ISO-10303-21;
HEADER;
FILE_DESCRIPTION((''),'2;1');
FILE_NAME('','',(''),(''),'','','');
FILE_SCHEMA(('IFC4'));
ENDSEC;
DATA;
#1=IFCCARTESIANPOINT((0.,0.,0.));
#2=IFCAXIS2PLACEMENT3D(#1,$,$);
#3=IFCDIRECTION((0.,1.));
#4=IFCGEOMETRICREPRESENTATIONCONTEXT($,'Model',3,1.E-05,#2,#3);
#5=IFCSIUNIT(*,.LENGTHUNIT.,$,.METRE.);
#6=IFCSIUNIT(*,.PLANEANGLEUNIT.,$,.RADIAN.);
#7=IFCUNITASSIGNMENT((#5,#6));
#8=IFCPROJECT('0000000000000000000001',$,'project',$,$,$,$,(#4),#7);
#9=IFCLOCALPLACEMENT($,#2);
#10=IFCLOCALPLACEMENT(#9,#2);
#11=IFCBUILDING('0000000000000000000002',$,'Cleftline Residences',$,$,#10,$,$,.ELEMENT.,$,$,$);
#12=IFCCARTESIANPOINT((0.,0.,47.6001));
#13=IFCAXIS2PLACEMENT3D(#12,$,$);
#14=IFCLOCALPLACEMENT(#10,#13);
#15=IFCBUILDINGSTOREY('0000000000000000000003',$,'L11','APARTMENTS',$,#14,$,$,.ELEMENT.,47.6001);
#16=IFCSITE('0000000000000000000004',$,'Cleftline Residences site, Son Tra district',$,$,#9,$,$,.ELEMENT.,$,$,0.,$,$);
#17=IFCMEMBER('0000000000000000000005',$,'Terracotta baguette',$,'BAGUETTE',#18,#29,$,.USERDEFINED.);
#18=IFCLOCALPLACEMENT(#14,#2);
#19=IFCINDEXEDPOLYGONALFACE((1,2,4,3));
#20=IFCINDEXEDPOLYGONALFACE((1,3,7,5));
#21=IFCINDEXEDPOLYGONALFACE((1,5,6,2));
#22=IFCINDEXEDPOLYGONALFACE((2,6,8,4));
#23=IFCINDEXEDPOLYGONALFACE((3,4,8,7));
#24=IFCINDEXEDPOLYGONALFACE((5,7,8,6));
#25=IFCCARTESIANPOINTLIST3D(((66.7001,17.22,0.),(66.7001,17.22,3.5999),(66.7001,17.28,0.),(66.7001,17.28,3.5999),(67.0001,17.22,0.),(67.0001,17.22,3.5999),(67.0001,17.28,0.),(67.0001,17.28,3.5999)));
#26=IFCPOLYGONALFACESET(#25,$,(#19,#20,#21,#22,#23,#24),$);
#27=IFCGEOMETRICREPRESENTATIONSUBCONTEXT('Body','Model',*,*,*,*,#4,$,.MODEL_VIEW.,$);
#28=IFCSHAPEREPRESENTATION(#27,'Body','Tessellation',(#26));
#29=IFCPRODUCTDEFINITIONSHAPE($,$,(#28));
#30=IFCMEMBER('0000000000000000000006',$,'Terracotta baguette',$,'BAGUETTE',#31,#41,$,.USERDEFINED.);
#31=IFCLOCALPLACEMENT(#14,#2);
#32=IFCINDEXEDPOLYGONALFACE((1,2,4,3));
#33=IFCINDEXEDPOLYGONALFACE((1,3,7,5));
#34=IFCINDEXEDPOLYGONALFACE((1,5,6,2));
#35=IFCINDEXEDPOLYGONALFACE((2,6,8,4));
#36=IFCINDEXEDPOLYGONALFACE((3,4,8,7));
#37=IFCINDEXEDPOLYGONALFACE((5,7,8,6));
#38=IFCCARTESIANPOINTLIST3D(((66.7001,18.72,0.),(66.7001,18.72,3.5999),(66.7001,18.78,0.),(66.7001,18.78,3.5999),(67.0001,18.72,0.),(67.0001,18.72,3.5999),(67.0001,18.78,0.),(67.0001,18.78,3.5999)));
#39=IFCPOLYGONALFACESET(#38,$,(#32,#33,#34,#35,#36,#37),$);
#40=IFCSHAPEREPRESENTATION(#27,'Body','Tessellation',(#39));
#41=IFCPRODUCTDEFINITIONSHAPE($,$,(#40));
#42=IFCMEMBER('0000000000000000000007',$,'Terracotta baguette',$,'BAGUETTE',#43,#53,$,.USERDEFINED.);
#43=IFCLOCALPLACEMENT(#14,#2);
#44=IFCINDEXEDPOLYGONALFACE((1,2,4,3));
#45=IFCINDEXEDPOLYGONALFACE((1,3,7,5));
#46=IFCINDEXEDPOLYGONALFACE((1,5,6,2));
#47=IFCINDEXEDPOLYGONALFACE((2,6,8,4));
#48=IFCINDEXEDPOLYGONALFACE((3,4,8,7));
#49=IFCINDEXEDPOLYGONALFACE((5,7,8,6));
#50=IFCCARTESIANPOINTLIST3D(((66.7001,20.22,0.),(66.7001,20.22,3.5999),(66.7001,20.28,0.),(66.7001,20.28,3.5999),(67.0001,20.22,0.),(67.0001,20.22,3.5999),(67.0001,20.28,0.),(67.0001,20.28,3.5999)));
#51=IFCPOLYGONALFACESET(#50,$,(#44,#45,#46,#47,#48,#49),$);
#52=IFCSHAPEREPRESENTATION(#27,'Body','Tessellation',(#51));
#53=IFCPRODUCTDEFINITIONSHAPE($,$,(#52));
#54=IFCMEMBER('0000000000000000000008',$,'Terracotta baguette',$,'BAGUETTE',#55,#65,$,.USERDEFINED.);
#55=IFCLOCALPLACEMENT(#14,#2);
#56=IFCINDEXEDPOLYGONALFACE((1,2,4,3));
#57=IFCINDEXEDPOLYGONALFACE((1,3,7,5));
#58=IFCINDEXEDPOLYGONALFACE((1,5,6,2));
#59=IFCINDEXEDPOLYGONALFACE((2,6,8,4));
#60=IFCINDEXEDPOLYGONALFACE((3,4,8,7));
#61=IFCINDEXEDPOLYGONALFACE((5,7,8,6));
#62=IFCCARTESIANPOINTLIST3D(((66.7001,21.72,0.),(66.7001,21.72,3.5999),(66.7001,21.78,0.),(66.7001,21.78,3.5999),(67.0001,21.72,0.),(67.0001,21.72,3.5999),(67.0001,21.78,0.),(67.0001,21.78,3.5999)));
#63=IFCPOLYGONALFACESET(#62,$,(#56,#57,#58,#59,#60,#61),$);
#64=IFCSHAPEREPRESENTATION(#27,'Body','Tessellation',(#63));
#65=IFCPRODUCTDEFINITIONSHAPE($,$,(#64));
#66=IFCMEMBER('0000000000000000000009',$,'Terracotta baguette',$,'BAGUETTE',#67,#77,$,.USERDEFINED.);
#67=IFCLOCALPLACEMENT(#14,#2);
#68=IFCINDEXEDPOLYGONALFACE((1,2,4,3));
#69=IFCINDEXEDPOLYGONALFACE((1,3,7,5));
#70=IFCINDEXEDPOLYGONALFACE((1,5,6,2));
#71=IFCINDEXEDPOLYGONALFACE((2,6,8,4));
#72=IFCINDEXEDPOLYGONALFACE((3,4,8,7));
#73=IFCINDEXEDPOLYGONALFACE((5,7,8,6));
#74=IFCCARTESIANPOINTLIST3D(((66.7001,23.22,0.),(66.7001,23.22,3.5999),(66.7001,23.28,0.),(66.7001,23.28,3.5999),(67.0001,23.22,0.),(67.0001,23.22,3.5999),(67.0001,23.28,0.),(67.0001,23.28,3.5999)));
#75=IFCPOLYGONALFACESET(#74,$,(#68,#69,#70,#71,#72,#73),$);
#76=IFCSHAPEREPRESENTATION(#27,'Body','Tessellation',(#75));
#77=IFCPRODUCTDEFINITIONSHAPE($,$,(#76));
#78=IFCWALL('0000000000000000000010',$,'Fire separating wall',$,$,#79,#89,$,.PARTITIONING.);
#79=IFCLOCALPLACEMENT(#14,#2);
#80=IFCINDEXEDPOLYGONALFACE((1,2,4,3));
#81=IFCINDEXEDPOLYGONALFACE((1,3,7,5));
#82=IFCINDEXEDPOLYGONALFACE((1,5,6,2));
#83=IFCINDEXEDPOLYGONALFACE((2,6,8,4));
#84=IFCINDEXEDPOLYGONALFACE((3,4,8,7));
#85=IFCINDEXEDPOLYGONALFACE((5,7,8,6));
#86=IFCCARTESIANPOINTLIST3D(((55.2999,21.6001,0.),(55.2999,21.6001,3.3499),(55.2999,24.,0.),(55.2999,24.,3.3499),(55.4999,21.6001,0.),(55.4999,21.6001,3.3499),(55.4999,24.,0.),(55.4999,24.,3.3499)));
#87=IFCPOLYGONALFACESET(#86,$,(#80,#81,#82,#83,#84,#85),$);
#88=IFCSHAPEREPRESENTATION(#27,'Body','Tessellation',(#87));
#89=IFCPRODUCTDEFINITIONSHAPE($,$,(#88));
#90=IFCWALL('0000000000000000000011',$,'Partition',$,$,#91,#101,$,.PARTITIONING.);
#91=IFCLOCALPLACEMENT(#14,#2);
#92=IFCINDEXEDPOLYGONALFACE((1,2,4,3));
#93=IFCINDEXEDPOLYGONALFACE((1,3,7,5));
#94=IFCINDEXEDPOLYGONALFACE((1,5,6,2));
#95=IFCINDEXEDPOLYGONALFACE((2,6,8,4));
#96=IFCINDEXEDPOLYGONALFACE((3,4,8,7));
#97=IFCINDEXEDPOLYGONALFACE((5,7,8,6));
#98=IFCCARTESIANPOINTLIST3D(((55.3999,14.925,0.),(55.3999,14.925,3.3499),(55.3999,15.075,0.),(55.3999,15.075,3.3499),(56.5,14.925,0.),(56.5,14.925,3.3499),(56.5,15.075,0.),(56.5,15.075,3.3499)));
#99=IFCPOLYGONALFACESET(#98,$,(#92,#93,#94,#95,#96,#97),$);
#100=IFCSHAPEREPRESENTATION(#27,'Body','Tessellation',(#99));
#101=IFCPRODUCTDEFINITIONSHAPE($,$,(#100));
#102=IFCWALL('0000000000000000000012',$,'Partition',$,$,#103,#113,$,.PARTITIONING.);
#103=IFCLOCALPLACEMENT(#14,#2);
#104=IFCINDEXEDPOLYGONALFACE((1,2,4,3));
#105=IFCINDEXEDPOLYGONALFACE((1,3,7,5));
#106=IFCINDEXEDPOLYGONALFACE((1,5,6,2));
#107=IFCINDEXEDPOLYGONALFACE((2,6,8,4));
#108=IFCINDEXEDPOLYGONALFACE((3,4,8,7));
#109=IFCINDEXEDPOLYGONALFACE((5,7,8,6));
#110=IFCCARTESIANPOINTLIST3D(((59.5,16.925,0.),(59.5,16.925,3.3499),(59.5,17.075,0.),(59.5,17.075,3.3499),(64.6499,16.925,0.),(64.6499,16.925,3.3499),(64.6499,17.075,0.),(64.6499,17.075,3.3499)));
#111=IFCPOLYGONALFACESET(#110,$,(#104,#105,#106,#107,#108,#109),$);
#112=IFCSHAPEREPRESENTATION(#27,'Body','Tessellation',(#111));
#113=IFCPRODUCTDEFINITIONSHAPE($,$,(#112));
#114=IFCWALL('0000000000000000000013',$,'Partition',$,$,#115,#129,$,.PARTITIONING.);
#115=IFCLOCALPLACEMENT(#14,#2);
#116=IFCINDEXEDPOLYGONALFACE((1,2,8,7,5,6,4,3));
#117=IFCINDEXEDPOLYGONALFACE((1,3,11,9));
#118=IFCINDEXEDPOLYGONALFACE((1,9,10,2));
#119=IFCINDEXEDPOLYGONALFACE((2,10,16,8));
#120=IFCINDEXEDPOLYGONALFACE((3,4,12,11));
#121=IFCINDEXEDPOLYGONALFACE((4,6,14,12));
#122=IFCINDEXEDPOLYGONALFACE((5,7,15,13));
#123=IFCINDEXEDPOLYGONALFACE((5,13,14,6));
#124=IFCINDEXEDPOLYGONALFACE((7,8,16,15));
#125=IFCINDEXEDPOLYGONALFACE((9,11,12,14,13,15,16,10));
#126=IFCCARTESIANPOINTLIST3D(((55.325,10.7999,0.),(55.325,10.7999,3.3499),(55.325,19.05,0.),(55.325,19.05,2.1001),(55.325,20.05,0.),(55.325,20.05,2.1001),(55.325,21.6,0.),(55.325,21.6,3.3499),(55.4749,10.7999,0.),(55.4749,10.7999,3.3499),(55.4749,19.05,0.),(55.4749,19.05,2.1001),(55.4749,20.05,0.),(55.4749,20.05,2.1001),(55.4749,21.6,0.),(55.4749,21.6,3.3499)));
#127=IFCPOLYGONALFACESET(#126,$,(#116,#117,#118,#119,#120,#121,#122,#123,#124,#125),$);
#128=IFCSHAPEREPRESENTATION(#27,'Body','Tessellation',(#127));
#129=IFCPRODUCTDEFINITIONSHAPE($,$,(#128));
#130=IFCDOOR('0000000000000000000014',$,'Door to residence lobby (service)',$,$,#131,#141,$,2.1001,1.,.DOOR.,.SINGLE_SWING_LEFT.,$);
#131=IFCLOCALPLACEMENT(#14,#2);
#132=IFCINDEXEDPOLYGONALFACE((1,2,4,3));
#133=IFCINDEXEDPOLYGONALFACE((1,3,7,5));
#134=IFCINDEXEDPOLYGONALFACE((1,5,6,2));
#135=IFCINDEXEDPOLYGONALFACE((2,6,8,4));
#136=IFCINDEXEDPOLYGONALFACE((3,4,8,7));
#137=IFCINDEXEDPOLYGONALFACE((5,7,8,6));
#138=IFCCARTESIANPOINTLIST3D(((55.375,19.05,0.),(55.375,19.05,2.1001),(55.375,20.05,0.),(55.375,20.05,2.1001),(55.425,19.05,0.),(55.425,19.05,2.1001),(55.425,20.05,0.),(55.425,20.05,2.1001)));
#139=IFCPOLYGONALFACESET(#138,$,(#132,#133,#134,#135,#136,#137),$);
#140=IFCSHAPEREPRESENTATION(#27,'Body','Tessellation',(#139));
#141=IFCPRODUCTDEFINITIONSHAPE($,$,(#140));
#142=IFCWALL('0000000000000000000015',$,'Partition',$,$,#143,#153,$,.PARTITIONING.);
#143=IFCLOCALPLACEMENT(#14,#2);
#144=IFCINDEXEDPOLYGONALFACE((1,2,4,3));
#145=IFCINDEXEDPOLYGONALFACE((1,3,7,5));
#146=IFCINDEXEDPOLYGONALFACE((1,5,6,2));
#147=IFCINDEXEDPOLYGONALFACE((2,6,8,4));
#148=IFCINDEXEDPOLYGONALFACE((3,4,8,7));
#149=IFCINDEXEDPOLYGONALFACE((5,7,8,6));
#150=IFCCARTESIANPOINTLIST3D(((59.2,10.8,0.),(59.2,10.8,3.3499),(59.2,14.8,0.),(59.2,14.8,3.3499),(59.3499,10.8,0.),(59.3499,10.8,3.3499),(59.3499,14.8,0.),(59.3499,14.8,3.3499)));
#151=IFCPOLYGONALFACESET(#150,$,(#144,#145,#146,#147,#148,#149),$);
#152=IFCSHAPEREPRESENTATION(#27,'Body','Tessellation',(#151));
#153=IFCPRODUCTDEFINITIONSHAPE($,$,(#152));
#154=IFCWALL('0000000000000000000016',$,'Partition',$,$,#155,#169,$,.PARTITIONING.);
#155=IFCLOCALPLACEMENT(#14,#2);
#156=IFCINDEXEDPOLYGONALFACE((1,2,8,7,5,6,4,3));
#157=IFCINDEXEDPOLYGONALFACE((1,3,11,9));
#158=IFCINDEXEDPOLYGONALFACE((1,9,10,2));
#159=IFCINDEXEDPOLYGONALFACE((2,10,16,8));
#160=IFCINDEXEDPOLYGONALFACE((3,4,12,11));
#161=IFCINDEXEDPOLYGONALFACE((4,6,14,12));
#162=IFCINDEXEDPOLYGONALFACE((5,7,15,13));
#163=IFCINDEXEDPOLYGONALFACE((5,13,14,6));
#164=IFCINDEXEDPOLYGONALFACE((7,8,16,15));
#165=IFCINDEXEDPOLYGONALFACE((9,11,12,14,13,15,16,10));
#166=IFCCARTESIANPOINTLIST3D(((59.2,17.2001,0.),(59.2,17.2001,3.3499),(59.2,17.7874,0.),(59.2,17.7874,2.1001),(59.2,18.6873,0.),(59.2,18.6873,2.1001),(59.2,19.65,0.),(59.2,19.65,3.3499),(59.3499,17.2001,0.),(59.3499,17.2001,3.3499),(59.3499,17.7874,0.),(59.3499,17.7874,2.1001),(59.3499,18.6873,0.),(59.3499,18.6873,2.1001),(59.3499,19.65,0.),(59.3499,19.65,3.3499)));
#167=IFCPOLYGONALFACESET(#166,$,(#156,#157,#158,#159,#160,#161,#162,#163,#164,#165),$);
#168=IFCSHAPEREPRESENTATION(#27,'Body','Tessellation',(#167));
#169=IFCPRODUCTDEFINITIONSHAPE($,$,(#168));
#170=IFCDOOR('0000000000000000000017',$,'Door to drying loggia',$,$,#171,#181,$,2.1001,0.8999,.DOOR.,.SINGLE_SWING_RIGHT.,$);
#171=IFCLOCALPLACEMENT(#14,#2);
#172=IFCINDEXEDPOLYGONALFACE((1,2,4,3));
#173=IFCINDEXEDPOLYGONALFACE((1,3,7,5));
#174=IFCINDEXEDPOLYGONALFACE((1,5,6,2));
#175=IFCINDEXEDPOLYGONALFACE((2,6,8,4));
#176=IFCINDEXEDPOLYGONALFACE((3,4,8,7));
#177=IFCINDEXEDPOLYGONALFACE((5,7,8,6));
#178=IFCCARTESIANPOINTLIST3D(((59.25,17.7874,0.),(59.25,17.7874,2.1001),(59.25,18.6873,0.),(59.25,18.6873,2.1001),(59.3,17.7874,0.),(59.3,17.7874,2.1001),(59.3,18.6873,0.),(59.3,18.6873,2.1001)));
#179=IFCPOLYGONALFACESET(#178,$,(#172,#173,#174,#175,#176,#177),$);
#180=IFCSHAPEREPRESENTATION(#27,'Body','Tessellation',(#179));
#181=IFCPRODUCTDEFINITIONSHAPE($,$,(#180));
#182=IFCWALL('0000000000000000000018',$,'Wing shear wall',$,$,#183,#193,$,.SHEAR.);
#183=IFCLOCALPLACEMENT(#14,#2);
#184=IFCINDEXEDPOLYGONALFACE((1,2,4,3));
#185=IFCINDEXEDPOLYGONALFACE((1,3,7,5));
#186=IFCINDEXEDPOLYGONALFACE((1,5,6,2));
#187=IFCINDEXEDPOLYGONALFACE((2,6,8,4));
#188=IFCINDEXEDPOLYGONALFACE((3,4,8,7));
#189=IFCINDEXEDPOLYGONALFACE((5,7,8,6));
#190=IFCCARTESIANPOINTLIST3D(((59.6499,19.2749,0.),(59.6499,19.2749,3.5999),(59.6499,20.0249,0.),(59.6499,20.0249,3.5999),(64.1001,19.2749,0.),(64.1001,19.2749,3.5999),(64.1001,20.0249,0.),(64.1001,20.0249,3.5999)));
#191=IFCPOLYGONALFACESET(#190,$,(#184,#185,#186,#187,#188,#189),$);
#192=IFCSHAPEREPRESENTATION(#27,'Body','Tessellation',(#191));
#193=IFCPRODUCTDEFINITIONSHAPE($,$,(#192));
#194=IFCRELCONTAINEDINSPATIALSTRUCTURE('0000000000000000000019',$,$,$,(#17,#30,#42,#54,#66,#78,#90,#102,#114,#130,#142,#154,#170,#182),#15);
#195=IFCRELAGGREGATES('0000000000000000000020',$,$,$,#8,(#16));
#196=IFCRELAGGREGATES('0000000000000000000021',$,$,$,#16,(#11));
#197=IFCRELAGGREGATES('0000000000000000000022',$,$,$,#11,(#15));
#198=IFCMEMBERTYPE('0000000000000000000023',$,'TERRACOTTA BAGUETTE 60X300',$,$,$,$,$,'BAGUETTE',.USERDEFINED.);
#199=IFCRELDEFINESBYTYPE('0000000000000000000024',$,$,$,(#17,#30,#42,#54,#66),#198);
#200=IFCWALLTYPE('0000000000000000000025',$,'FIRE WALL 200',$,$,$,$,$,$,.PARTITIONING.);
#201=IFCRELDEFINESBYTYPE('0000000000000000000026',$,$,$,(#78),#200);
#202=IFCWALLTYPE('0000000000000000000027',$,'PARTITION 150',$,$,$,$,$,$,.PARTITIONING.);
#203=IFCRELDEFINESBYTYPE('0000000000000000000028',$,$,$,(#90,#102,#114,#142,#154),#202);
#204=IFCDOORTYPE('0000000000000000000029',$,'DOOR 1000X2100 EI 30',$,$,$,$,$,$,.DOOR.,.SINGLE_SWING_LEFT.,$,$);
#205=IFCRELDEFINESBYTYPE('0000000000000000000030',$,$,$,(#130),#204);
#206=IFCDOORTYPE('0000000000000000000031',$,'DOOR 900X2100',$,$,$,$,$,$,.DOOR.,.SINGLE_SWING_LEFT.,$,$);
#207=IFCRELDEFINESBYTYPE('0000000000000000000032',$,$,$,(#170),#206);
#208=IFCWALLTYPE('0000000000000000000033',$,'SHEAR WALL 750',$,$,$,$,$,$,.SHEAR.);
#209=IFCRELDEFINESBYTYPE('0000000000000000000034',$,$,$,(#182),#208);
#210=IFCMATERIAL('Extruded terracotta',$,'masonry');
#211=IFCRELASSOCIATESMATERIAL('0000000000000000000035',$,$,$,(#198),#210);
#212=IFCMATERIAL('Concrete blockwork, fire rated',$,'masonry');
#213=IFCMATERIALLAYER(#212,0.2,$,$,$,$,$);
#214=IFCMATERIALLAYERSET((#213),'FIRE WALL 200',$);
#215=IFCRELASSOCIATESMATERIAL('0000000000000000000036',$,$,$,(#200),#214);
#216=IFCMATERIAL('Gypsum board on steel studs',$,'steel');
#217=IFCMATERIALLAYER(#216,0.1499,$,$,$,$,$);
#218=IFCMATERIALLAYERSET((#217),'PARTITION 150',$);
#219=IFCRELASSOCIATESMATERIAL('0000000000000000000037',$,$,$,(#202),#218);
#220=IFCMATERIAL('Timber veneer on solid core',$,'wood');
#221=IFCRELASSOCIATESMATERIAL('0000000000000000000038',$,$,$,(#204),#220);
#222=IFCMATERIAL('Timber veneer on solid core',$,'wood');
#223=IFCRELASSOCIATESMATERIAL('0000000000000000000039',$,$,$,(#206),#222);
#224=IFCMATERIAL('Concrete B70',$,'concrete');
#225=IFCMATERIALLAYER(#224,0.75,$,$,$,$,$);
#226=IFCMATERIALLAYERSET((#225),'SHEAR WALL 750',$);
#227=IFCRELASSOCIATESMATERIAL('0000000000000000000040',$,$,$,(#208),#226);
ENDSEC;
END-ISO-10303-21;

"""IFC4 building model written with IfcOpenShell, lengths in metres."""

from ifc_helpers import new_model, si_unit, direction, frame, frame_2d, origin, origin_2d, place, context, subcontext, project, spatial, rectangle, extrude, material, layer, layer_set, material_profile, profile_set, type_object, element, fill, save


model = new_model("IFC4")

# Units and contexts
model_context = context("Model", 3, precision=1e-05, world=origin(), true_north=direction((0.0, 1.0)))
body_context = subcontext(model_context, "Body", "Model", "MODEL_VIEW")
ifc_project = project(units=[si_unit("LENGTHUNIT", "METRE"), si_unit("PLANEANGLEUNIT", "RADIAN")], contexts=[model_context])

# Site, building, storey
site_placement = place(None, origin())
site = spatial("IfcSite", under=ifc_project, at=site_placement, Name="Cleftline Residences site, Son Tra district", CompositionType="ELEMENT", RefElevation=0.0)
building_placement = place(site_placement, origin())
building = spatial("IfcBuilding", under=site, at=building_placement, Name="Cleftline Residences", CompositionType="ELEMENT")
storey_placement = place(building_placement, frame((0.0, 0.0, 47.6001)))
storey = spatial("IfcBuildingStorey", under=building, at=storey_placement, Name="L11", Description="APARTMENTS", CompositionType="ELEMENT", Elevation=47.6001)

# Members
ifc_material_1 = material(Name="Extruded terracotta", Category="masonry")
ifc_material_profile_1 = material_profile(ifc_material_1, rectangle(XDim=0.0601, YDim=0.3, at=origin_2d()))
ifc_profile_set_1 = profile_set([ifc_material_profile_1], Name="Extruded terracotta")
member_type_1 = type_object("IfcMemberType", Name="TERRACOTTA BAGUETTE 60X300", ElementType="BAGUETTE", PredefinedType="USERDEFINED", material=ifc_profile_set_1)
for number, where, z_axis, x_axis, name in (
    (1, (66.8501, 17.25, 0.0), (0.0, 0.0, 1.0), (0.0, 1.0, 0.0), "Terracotta baguette"),
    (2, (66.8501, 18.75, 0.0), (0.0, 0.0, 1.0), (0.0, 1.0, 0.0), "Terracotta baguette"),
    (3, (66.8501, 20.25, 0.0), (0.0, 0.0, 1.0), (0.0, 1.0, 0.0), "Terracotta baguette"),
    (4, (66.8501, 21.75, 0.0), (0.0, 0.0, 1.0), (0.0, 1.0, 0.0), "Terracotta baguette"),
    (5, (66.8501, 23.25, 0.0), (0.0, 0.0, 1.0), (0.0, 1.0, 0.0), "Terracotta baguette"),
):
    element("IfcMember", number, at=place(storey_placement, frame(where, z_axis=z_axis, x_axis=x_axis)), inside=storey, type_object=member_type_1, Name=name, ObjectType="BAGUETTE", PredefinedType="USERDEFINED", context=body_context, shape_type="SweptSolid", body=[
        extrude(rectangle(XDim=0.0601, YDim=0.3, at=origin_2d()), origin(), (0.0, 0.0, 1.0), 3.5999),
    ])

# Walls
ifc_material_2 = material(Name="Concrete blockwork, fire rated", Category="masonry")
ifc_layer_1 = layer(ifc_material_2, 0.2)
ifc_layer_set_1 = layer_set([ifc_layer_1], Name="FIRE WALL 200")
wall_type_1 = type_object("IfcWallType", Name="FIRE WALL 200", PredefinedType="PARTITIONING", material=ifc_layer_set_1)
wall_1_placement = place(storey_placement, frame((55.3999, 21.6001, 0.0), z_axis=(0.0, 0.0, 1.0), x_axis=(0.0, 1.0, 0.0)))
element("IfcWall", 6, at=wall_1_placement, inside=storey, type_object=wall_type_1, Name="Fire separating wall", PredefinedType="PARTITIONING", context=body_context, shape_type="SweptSolid", body=[
    extrude(rectangle(XDim=2.3999, YDim=0.2, at=frame_2d((1.2, 0.0))), origin(), (0.0, 0.0, 1.0), 3.3499),
])
ifc_material_3 = material(Name="Gypsum board on steel studs", Category="steel")
ifc_layer_2 = layer(ifc_material_3, 0.1499)
ifc_layer_set_2 = layer_set([ifc_layer_2], Name="PARTITION 150")
wall_type_2 = type_object("IfcWallType", Name="PARTITION 150", PredefinedType="PARTITIONING", material=ifc_layer_set_2)
wall_2_placement = place(storey_placement, frame((55.3999, 15.0, 0.0), z_axis=(0.0, 0.0, 1.0), x_axis=(1.0, 0.0, 0.0)))
element("IfcWall", 7, at=wall_2_placement, inside=storey, type_object=wall_type_2, Name="Partition", PredefinedType="PARTITIONING", context=body_context, shape_type="SweptSolid", body=[
    extrude(rectangle(XDim=1.1001, YDim=0.1499, at=frame_2d((0.55, 0.0))), origin(), (0.0, 0.0, 1.0), 3.3499),
])
wall_3_placement = place(storey_placement, frame((59.5, 17.0, 0.0), z_axis=(0.0, 0.0, 1.0), x_axis=(1.0, 0.0, 0.0)))
element("IfcWall", 8, at=wall_3_placement, inside=storey, type_object=wall_type_2, Name="Partition", PredefinedType="PARTITIONING", context=body_context, shape_type="SweptSolid", body=[
    extrude(rectangle(XDim=5.1499, YDim=0.1499, at=frame_2d((2.575, 0.0))), origin(), (0.0, 0.0, 1.0), 3.3499),
])

# Wall, opening, door
wall_4_placement = place(storey_placement, frame((55.3999, 10.8, 0.0), z_axis=(0.0, 0.0, 1.0), x_axis=(0.0, 1.0, 0.0)))
wall_4 = element("IfcWall", 9, at=wall_4_placement, inside=storey, type_object=wall_type_2, Name="Partition", PredefinedType="PARTITIONING", context=body_context, shape_type="SweptSolid", body=[
    extrude(rectangle(XDim=10.8, YDim=0.1499, at=frame_2d((5.3999, 0.0))), origin(), (0.0, 0.0, 1.0), 3.3499),
])
opening_1_placement = place(wall_4_placement, frame((8.25, 0.0, 0.0)))
opening_1 = element("IfcOpeningElement", 10, at=opening_1_placement, cuts=wall_4, PredefinedType="OPENING", context=body_context, shape_type="SweptSolid", body=[
    extrude(rectangle(XDim=1.0, YDim=2.1001, at=frame_2d((0.5, 1.05))), frame((0.0, 0.085, 0.0), z_axis=(0.0, -1.0, 0.0), x_axis=(1.0, 0.0, 0.0)), (0.0, 0.0, 1.0), 0.1699),
])
ifc_material_4 = material(Name="Timber veneer on solid core", Category="wood")
door_type_1 = type_object("IfcDoorType", Name="DOOR 1000X2100 EI 30", OperationType="SINGLE_SWING_LEFT", PredefinedType="DOOR", material=ifc_material_4)
door_1_placement = place(opening_1_placement, origin())
door_1 = element("IfcDoor", 11, at=door_1_placement, inside=storey, type_object=door_type_1, Name="Door to residence lobby (service)", OperationType="SINGLE_SWING_LEFT", OverallHeight=2.1001, OverallWidth=1.0, PredefinedType="DOOR", context=body_context, shape_type="SweptSolid", body=[
    extrude(rectangle(XDim=1.0, YDim=2.1001, at=frame_2d((0.5, 1.05))), frame((0.0, 0.0249, 0.0), z_axis=(0.0, -1.0, 0.0), x_axis=(1.0, 0.0, 0.0)), (0.0, 0.0, 1.0), 0.05),
])
fill(opening_1, door_1)

# Wall
wall_5_placement = place(storey_placement, frame((59.2749, 10.8, 0.0), z_axis=(0.0, 0.0, 1.0), x_axis=(0.0, 1.0, 0.0)))
element("IfcWall", 12, at=wall_5_placement, inside=storey, type_object=wall_type_2, Name="Partition", PredefinedType="PARTITIONING", context=body_context, shape_type="SweptSolid", body=[
    extrude(rectangle(XDim=4.0, YDim=0.1499, at=frame_2d((2.0, 0.0))), origin(), (0.0, 0.0, 1.0), 3.3499),
])

# Wall, opening, door
wall_6_placement = place(storey_placement, frame((59.2749, 17.2, 0.0), z_axis=(0.0, 0.0, 1.0), x_axis=(0.0, 1.0, 0.0)))
wall_6 = element("IfcWall", 13, at=wall_6_placement, inside=storey, type_object=wall_type_2, Name="Partition", PredefinedType="PARTITIONING", context=body_context, shape_type="SweptSolid", body=[
    extrude(rectangle(XDim=2.45, YDim=0.1499, at=frame_2d((1.2251, 0.0))), origin(), (0.0, 0.0, 1.0), 3.3499),
])
opening_2_placement = place(wall_6_placement, frame((0.5874, 0.0, 0.0)))
opening_2 = element("IfcOpeningElement", 14, at=opening_2_placement, cuts=wall_6, PredefinedType="OPENING", context=body_context, shape_type="SweptSolid", body=[
    extrude(rectangle(XDim=0.8999, YDim=2.1001, at=frame_2d((0.45, 1.05))), frame((0.0, 0.085, 0.0), z_axis=(0.0, -1.0, 0.0), x_axis=(1.0, 0.0, 0.0)), (0.0, 0.0, 1.0), 0.1699),
])
ifc_material_5 = material(Name="Timber veneer on solid core", Category="wood")
door_type_2 = type_object("IfcDoorType", Name="DOOR 900X2100", OperationType="SINGLE_SWING_LEFT", PredefinedType="DOOR", material=ifc_material_5)
door_2_placement = place(opening_2_placement, origin())
door_2 = element("IfcDoor", 15, at=door_2_placement, inside=storey, type_object=door_type_2, Name="Door to drying loggia", OperationType="SINGLE_SWING_RIGHT", OverallHeight=2.1001, OverallWidth=0.8999, PredefinedType="DOOR", context=body_context, shape_type="SweptSolid", body=[
    extrude(rectangle(XDim=0.8999, YDim=2.1001, at=frame_2d((0.45, 1.05))), frame((0.0, 0.0249, 0.0), z_axis=(0.0, -1.0, 0.0), x_axis=(1.0, 0.0, 0.0)), (0.0, 0.0, 1.0), 0.05),
])
fill(opening_2, door_2)

# Wall
ifc_material_6 = material(Name="Concrete B70", Category="concrete")
ifc_layer_3 = layer(ifc_material_6, 0.75)
ifc_layer_set_3 = layer_set([ifc_layer_3], Name="SHEAR WALL 750")
wall_type_3 = type_object("IfcWallType", Name="SHEAR WALL 750", PredefinedType="SHEAR", material=ifc_layer_set_3)
wall_7_placement = place(storey_placement, frame((59.6499, 19.6499, 0.0), z_axis=(0.0, 0.0, 1.0), x_axis=(1.0, 0.0, 0.0)))
element("IfcWall", 16, at=wall_7_placement, inside=storey, type_object=wall_type_3, Name="Wing shear wall", PredefinedType="SHEAR", context=body_context, shape_type="SweptSolid", body=[
    extrude(rectangle(XDim=4.4502, YDim=0.75, at=frame_2d((2.2251, 0.0))), origin(), (0.0, 0.0, 1.0), 3.5999),
])

save(model, "model.ifc")
